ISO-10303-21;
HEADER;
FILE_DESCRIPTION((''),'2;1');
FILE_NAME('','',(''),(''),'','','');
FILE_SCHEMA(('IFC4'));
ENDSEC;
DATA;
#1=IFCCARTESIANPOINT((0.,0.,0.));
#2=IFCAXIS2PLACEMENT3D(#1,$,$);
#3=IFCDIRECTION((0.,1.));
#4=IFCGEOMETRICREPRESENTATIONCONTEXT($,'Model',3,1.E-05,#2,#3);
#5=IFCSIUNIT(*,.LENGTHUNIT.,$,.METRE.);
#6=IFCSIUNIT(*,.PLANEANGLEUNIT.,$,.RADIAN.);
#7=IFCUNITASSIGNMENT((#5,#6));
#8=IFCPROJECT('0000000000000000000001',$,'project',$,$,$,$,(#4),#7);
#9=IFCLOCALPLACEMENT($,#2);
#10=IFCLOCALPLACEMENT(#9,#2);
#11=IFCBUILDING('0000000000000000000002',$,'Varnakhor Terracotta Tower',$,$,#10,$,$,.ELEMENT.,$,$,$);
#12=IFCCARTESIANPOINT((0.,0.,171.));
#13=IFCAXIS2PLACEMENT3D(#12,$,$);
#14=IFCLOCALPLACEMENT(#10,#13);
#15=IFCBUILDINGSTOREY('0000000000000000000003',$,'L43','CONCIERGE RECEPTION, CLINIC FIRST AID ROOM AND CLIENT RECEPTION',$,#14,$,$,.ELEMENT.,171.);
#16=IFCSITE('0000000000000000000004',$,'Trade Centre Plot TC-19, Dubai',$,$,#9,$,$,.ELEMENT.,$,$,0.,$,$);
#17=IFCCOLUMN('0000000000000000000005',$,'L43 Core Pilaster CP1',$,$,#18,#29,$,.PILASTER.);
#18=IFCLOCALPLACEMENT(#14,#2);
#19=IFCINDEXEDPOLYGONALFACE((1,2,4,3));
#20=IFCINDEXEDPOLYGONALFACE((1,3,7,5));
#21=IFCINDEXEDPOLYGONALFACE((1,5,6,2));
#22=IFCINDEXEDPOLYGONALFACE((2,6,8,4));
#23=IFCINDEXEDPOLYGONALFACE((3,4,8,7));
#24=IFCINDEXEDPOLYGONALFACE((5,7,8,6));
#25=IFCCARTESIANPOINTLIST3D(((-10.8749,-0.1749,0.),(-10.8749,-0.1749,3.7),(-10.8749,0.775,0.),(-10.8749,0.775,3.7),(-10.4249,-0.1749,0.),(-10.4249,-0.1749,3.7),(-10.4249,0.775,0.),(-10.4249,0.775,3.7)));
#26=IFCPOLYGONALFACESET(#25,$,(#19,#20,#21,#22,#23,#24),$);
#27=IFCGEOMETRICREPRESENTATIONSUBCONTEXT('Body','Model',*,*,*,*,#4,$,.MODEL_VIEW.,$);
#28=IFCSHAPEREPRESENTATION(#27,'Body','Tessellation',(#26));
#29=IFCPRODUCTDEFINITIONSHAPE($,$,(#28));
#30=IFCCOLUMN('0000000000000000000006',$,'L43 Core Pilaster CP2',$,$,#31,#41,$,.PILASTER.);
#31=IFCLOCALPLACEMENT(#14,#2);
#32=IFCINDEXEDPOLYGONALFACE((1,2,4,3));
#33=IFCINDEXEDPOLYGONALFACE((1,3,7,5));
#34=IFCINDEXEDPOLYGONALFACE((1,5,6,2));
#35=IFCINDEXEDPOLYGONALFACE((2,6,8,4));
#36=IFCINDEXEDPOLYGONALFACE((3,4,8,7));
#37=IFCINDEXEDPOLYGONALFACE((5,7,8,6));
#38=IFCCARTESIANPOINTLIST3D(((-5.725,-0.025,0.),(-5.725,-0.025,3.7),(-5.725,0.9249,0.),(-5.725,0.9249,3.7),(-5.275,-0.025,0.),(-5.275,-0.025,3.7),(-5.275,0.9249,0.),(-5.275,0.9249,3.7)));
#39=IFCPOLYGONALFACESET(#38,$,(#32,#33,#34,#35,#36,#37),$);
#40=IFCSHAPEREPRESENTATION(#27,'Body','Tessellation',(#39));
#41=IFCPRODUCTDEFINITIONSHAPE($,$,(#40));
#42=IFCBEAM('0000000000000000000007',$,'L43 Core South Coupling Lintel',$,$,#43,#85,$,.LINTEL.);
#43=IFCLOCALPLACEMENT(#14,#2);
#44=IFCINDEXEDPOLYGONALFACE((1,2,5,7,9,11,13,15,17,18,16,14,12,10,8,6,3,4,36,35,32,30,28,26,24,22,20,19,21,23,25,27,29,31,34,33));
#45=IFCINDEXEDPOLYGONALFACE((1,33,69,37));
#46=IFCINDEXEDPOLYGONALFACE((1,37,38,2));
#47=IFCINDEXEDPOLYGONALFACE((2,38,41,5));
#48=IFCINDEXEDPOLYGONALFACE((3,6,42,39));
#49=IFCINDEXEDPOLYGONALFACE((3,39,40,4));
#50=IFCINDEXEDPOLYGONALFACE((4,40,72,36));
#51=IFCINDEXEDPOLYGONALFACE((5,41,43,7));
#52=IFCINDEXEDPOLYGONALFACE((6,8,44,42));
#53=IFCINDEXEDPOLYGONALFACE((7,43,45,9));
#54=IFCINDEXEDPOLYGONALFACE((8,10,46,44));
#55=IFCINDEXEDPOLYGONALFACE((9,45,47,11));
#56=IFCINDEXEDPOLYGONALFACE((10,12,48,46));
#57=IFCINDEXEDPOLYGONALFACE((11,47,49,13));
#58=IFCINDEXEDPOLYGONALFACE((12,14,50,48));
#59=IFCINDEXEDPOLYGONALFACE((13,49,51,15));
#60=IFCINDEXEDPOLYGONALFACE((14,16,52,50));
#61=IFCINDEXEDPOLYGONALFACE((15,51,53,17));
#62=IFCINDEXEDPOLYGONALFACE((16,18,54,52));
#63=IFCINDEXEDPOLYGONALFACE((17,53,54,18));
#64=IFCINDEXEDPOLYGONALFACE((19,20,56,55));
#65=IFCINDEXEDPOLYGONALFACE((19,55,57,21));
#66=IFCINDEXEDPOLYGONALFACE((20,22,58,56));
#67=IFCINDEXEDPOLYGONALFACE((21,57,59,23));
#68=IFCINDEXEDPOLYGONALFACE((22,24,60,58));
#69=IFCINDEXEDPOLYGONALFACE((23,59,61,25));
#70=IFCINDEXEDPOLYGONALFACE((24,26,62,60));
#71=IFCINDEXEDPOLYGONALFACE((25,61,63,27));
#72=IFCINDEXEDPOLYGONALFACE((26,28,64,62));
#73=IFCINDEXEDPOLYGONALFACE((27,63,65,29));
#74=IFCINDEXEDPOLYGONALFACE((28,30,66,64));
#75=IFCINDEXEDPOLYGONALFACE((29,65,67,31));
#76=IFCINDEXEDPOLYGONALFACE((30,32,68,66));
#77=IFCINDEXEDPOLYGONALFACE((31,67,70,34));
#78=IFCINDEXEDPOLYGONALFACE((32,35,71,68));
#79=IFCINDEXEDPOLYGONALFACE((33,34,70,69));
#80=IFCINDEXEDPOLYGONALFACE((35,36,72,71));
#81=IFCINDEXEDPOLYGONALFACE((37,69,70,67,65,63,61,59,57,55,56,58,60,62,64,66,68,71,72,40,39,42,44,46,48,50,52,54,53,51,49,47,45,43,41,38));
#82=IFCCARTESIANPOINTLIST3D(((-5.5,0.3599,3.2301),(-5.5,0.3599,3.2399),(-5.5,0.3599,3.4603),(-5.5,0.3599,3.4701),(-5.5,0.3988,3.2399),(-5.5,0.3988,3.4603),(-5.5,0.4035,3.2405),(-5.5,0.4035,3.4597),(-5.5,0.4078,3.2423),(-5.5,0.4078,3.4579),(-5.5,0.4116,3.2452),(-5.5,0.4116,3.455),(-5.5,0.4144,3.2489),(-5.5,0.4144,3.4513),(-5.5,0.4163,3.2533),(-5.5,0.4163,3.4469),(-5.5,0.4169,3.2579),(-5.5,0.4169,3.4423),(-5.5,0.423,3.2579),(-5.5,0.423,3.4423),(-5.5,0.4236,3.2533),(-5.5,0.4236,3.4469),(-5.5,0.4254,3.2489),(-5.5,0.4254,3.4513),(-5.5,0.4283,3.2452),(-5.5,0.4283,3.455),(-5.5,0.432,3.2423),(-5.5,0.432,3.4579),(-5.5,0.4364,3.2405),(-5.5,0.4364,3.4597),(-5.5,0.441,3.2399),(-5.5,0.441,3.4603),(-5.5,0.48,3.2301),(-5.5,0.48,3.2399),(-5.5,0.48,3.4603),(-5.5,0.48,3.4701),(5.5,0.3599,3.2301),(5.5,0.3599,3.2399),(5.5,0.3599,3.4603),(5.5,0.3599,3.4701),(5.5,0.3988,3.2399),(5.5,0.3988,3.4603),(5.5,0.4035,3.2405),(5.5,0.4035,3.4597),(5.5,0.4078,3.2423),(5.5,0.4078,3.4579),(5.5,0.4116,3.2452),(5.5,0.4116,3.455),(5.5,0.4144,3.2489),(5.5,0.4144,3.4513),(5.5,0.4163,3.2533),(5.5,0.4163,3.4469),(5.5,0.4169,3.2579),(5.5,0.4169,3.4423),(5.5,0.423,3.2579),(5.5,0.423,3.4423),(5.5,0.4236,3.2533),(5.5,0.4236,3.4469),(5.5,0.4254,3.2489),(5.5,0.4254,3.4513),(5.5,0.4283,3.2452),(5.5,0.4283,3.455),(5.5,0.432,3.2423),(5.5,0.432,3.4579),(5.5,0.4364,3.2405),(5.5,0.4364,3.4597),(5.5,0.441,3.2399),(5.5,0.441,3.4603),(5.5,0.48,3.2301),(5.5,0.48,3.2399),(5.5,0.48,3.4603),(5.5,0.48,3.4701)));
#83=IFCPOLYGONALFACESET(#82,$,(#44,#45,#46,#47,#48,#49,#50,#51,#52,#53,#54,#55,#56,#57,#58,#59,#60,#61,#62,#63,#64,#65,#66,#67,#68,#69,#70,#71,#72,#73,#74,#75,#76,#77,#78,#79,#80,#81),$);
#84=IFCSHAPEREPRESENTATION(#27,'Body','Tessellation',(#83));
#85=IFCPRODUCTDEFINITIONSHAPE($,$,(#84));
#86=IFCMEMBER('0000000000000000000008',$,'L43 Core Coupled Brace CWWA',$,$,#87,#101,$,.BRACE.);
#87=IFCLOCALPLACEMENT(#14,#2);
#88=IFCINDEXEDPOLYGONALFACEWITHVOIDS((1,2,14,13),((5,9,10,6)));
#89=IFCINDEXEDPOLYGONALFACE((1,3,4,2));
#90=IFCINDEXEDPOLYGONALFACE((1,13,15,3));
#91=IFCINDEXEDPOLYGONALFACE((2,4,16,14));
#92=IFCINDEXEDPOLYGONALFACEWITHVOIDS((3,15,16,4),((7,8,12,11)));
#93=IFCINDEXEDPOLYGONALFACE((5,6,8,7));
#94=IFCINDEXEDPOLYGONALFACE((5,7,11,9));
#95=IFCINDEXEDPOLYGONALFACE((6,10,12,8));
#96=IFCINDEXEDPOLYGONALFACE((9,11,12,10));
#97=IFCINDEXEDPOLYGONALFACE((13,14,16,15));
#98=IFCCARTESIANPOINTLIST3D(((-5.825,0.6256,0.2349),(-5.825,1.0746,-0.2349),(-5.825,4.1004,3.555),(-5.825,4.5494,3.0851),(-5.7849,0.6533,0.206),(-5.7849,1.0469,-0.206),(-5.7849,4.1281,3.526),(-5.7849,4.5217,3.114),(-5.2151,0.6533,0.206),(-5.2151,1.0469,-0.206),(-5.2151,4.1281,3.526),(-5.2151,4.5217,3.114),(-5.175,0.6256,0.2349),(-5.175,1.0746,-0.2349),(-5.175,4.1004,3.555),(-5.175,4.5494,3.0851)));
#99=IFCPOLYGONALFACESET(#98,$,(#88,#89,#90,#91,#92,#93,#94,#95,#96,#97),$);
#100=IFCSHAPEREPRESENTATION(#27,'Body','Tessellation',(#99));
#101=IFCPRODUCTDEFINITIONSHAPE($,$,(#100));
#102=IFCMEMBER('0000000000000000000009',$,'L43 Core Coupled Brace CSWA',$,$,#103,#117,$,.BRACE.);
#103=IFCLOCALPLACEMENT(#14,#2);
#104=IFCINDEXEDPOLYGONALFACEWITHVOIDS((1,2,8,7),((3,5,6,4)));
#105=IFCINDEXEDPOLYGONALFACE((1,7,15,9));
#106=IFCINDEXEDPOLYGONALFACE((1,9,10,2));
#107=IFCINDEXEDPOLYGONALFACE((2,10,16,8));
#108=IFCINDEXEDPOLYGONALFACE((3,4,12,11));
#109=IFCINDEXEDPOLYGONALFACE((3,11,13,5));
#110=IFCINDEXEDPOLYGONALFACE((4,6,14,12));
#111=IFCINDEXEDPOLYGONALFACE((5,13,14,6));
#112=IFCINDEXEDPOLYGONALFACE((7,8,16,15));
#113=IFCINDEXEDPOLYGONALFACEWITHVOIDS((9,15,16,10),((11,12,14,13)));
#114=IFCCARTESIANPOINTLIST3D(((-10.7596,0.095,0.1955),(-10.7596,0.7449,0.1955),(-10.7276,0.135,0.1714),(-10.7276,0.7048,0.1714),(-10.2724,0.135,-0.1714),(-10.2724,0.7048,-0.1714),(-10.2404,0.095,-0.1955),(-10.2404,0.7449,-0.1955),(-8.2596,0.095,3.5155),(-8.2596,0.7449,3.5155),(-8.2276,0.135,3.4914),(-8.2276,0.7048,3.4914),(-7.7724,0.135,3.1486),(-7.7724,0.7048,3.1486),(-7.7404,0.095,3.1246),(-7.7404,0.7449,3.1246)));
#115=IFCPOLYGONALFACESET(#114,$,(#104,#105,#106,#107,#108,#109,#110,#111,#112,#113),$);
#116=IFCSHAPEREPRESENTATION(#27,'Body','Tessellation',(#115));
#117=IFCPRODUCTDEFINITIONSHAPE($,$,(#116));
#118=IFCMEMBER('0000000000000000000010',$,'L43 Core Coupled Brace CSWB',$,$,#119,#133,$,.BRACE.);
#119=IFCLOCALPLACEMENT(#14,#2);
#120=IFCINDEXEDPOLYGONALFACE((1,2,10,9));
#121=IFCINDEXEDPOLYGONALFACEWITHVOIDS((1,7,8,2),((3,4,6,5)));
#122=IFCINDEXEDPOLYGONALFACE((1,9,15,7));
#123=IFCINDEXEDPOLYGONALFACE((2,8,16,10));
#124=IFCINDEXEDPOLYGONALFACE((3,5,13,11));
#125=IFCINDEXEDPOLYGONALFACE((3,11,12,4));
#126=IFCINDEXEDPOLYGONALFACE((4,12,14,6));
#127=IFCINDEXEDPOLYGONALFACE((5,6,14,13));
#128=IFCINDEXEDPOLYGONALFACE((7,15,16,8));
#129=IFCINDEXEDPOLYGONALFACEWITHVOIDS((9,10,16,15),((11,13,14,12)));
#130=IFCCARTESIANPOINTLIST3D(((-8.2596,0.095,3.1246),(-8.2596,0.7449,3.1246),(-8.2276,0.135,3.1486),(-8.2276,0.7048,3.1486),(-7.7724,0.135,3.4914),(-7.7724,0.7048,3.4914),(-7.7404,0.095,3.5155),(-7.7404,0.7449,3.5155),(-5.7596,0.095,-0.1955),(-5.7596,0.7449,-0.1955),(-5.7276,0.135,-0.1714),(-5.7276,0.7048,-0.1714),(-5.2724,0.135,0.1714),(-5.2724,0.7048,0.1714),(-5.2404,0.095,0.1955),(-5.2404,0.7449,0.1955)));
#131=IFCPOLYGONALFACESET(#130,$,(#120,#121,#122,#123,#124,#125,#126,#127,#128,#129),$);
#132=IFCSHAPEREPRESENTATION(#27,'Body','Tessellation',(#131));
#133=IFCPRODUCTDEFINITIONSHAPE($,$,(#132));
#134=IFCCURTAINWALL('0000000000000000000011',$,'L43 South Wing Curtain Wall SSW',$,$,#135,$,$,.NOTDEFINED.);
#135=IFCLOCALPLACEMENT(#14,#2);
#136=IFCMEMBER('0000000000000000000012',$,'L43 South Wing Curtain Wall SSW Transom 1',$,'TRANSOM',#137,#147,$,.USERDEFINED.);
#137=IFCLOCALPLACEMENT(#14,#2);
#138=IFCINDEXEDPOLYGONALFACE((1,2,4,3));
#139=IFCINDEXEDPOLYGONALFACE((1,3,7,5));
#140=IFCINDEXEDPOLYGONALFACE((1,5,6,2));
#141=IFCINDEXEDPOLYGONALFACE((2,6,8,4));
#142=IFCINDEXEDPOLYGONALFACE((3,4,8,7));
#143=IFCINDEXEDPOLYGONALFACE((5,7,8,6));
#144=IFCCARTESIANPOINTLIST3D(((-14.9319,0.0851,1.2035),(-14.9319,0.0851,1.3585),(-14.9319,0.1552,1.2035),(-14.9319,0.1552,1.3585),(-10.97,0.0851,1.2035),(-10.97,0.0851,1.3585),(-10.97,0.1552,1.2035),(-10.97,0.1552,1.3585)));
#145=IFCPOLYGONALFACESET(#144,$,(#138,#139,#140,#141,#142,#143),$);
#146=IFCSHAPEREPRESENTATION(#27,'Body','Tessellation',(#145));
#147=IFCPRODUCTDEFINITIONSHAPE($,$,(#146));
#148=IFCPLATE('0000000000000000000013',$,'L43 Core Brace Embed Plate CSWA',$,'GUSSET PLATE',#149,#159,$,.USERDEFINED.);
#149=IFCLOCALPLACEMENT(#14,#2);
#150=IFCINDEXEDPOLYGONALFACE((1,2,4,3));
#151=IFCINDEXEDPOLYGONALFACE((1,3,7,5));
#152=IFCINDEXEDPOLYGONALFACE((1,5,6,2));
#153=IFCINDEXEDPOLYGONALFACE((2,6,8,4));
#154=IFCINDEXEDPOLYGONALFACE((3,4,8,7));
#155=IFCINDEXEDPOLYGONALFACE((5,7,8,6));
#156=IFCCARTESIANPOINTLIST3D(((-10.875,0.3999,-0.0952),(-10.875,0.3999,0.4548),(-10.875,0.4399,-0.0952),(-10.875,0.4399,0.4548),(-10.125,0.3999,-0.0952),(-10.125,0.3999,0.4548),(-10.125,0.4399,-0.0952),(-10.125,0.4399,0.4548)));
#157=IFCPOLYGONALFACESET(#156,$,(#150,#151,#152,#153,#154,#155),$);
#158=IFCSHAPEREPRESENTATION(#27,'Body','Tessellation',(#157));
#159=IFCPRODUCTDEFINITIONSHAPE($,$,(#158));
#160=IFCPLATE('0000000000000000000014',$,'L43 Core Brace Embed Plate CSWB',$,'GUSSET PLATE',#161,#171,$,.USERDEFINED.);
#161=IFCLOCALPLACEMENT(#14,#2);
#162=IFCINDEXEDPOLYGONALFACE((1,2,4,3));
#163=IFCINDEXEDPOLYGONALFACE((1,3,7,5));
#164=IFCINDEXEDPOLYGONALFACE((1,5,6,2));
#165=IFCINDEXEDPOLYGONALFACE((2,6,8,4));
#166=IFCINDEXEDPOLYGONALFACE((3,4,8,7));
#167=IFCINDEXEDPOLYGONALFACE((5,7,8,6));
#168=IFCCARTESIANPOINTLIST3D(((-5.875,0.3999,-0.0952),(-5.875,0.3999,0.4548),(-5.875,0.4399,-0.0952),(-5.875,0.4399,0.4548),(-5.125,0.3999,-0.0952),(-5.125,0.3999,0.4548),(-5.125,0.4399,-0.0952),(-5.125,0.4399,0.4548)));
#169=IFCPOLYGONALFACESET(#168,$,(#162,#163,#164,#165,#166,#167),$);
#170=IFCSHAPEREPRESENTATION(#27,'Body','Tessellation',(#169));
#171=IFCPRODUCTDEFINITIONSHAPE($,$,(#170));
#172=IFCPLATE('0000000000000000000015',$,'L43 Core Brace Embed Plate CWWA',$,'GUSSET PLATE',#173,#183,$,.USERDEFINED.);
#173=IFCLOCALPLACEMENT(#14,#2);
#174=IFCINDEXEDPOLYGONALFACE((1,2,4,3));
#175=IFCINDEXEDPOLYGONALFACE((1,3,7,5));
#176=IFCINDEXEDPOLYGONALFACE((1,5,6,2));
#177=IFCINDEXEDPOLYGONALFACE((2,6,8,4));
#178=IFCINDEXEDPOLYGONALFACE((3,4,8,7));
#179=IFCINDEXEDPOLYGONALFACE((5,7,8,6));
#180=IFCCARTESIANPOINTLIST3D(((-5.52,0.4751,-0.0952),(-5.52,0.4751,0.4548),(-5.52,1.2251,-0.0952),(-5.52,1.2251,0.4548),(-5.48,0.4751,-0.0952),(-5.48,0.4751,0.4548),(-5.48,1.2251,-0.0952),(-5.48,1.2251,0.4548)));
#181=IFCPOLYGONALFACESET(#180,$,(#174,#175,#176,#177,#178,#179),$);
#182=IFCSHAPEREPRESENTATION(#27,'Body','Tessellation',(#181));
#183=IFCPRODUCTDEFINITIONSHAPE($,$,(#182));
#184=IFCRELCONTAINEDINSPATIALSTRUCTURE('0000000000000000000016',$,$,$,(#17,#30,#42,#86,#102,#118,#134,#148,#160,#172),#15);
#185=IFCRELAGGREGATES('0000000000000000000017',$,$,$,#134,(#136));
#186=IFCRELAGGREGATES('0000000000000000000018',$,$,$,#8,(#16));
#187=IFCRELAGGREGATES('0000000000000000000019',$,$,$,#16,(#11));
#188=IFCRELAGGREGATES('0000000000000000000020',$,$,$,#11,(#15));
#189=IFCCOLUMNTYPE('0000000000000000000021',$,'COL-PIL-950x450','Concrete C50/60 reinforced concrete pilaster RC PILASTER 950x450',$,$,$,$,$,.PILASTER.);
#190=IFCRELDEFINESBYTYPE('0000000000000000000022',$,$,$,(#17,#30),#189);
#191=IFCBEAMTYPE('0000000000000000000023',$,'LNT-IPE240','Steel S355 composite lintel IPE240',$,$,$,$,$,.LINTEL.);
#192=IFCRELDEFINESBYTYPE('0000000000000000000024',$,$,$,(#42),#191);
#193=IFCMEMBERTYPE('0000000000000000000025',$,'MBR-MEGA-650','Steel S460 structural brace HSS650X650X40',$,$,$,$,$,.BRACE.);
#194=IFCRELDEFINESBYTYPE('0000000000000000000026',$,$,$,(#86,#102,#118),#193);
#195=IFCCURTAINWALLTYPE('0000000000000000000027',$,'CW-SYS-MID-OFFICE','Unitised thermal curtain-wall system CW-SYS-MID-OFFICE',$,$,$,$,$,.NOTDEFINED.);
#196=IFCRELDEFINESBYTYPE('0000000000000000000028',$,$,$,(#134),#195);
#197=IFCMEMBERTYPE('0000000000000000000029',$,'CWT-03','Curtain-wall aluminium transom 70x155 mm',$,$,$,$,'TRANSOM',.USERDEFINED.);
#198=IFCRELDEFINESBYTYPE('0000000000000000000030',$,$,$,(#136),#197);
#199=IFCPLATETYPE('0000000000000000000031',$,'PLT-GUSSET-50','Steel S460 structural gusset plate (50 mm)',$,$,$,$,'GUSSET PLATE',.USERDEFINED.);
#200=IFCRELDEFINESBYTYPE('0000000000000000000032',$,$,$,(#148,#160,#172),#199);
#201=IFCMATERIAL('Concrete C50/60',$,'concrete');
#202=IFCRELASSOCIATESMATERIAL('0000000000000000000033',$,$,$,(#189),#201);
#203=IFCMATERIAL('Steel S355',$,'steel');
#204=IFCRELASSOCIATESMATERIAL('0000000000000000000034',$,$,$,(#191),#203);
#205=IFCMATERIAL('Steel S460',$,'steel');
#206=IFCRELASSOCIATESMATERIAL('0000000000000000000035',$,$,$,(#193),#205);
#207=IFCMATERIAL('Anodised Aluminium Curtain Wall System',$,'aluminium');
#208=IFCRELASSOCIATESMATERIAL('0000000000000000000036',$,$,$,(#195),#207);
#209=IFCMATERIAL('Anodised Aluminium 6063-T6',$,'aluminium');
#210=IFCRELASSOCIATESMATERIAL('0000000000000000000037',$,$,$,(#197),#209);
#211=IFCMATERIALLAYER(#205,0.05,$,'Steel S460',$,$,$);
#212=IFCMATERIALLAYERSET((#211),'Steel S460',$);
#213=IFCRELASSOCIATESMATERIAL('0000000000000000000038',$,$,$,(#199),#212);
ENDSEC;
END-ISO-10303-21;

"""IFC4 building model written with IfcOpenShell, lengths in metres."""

from ifc_helpers import new_model, si_unit, direction, frame, origin, origin_2d, place, context, subcontext, project, spatial, rectangle, hollow_rectangle, i_section, extrude, source, transform, mapped, material, layer, layer_set, material_profile, profile_set, type_object, type_shapes, element, aggregate, save


model = new_model("IFC4")

# Units and contexts
model_context = context("Model", 3, precision=1e-05, world=origin(), true_north=direction((0.0, 1.0)))
body_context = subcontext(model_context, "Body", "Model", "MODEL_VIEW")
ifc_project = project(units=[si_unit("LENGTHUNIT", "METRE"), si_unit("PLANEANGLEUNIT", "RADIAN")], contexts=[model_context])

# Site, building, storey
site_placement = place(None, origin())
site = spatial("IfcSite", under=ifc_project, at=site_placement, Name="Trade Centre Plot TC-19, Dubai", CompositionType="ELEMENT", RefElevation=0.0)
building_placement = place(site_placement, origin())
building = spatial("IfcBuilding", under=site, at=building_placement, Name="Varnakhor Terracotta Tower", CompositionType="ELEMENT")
storey_placement = place(building_placement, frame((0.0, 0.0, 171.0)))
storey = spatial("IfcBuildingStorey", under=building, at=storey_placement, Name="L43", Description="CONCIERGE RECEPTION, CLINIC FIRST AID ROOM AND CLIENT RECEPTION", CompositionType="ELEMENT", Elevation=171.0)

# Columns
ifc_material_1 = material(Name="Concrete C50/60", Category="concrete")
ifc_material_profile_1 = material_profile(ifc_material_1, rectangle(XDim=0.45, YDim=0.95, at=origin_2d()), Name="RC PILASTER 950x450")
ifc_profile_set_1 = profile_set([ifc_material_profile_1], Name="Concrete C50/60")
column_type = type_object("IfcColumnType", Name="COL-PIL-950x450", Description="Concrete C50/60 reinforced concrete pilaster RC PILASTER 950x450", PredefinedType="PILASTER", material=ifc_profile_set_1)
shared_shape_1 = source(origin(), body_context, "Body", "SweptSolid", [
    extrude(rectangle(XDim=0.45, YDim=0.95, at=origin_2d()), origin(), (0.0, 0.0, 1.0), 3.7),
])
for number, where, z_axis, x_axis, name in (
    (1, (-10.6499, 0.3, 0.0), (0.0, 0.0, 1.0), (1.0, 0.0, 0.0), "L43 Core Pilaster CP1"),
    (2, (-5.5, 0.45, 0.0), (0.0, 0.0, 1.0), (1.0, 0.0, 0.0), "L43 Core Pilaster CP2"),
):
    element("IfcColumn", number, at=place(storey_placement, frame(where, z_axis=z_axis, x_axis=x_axis)), inside=storey, type_object=column_type, Name=name, PredefinedType="PILASTER", context=body_context, shape_type="MappedRepresentation", body=[
        mapped(shared_shape_1, transform((0.0, 0.0, 0.0), scale=1.0)),
    ])

# Beam
ifc_material_2 = material(Name="Steel S355", Category="steel")
ifc_material_profile_2 = material_profile(ifc_material_2, i_section(OverallWidth=0.1201, OverallDepth=0.24, WebThickness=0.0061, FlangeThickness=0.0098, FilletRadius=0.0181, at=origin_2d()), Name="IPE240")
ifc_profile_set_2 = profile_set([ifc_material_profile_2], Name="Steel S355")
beam_type = type_object("IfcBeamType", Name="LNT-IPE240", Description="Steel S355 composite lintel IPE240", PredefinedType="LINTEL", material=ifc_profile_set_2)
shared_shape_2 = source(origin(), body_context, "Body", "SweptSolid", [
    extrude(i_section(OverallWidth=0.1201, OverallDepth=0.24, WebThickness=0.0061, FlangeThickness=0.0098, FilletRadius=0.0181, at=origin_2d()), origin(), (0.0, 0.0, 1.0), 11.0),
])
type_shapes(beam_type, [shared_shape_2])
beam_placement = place(storey_placement, frame((-5.5, 0.4199, 3.3501), z_axis=(1.0, 0.0, 0.0), x_axis=(0.0, 1.0, 0.0)))
element("IfcBeam", 3, at=beam_placement, inside=storey, type_object=beam_type, Name="L43 Core South Coupling Lintel", PredefinedType="LINTEL", context=body_context, shape_type="MappedRepresentation", body=[
    mapped(shared_shape_2, transform((0.0, 0.0, 0.0), scale=1.0)),
])

# Members
ifc_material_3 = material(Name="Steel S460", Category="steel")
ifc_material_profile_3 = material_profile(ifc_material_3, hollow_rectangle(XDim=0.6499, YDim=0.6499, WallThickness=0.04, at=origin_2d()), Name="HSS650X650X40")
ifc_profile_set_3 = profile_set([ifc_material_profile_3], Name="Steel S460")
member_type_1 = type_object("IfcMemberType", Name="MBR-MEGA-650", Description="Steel S460 structural brace HSS650X650X40", PredefinedType="BRACE", material=ifc_profile_set_3)
shared_shape_3 = source(origin(), body_context, "Body", "SweptSolid", [
    extrude(hollow_rectangle(XDim=0.6499, YDim=0.6499, WallThickness=0.04, at=origin_2d()), origin(), (0.0, 0.0, 1.0), 4.8059),
])
member_1_placement = place(storey_placement, frame((-5.5, 0.8501, 0.0), z_axis=(0.0, 0.723027, 0.69082), x_axis=(-1.0, 0.0, 0.0)))
element("IfcMember", 4, at=member_1_placement, inside=storey, type_object=member_type_1, Name="L43 Core Coupled Brace CWWA", PredefinedType="BRACE", context=body_context, shape_type="MappedRepresentation", body=[
    mapped(shared_shape_3, transform((0.0, 0.0, 0.0), scale=1.0)),
])
shared_shape_4 = source(origin(), body_context, "Body", "SweptSolid", [
    extrude(hollow_rectangle(XDim=0.6499, YDim=0.6499, WallThickness=0.04, at=origin_2d()), origin(), (0.0, 0.0, 1.0), 4.156),
])
for number, where, z_axis, x_axis, name in (
    (5, (-10.5, 0.4199, 0.0), (0.601531, 0.0, 0.79885), (0.0, 1.0, 0.0), "L43 Core Coupled Brace CSWA"),
    (6, (-5.5, 0.4199, 0.0), (-0.601531, 0.0, 0.79885), (0.0, -1.0, 0.0), "L43 Core Coupled Brace CSWB"),
):
    element("IfcMember", number, at=place(storey_placement, frame(where, z_axis=z_axis, x_axis=x_axis)), inside=storey, type_object=member_type_1, Name=name, PredefinedType="BRACE", context=body_context, shape_type="MappedRepresentation", body=[
        mapped(shared_shape_4, transform((0.0, 0.0, 0.0), scale=1.0)),
    ])

# Curtain wall, member
ifc_material_4 = material(Name="Anodised Aluminium Curtain Wall System", Category="aluminium")
curtain_wall_type = type_object("IfcCurtainWallType", Name="CW-SYS-MID-OFFICE", Description="Unitised thermal curtain-wall system CW-SYS-MID-OFFICE", PredefinedType="NOTDEFINED", material=ifc_material_4)
curtain_wall_placement = place(storey_placement, origin())
curtain_wall = element("IfcCurtainWall", 7, at=curtain_wall_placement, inside=storey, type_object=curtain_wall_type, Name="L43 South Wing Curtain Wall SSW", PredefinedType="NOTDEFINED")
ifc_material_5 = material(Name="Anodised Aluminium 6063-T6", Category="aluminium")
ifc_material_profile_4 = material_profile(ifc_material_5, rectangle(XDim=0.0701, YDim=0.155, at=origin_2d()), Name="ALU TRANSOM 70x155")
ifc_profile_set_4 = profile_set([ifc_material_profile_4], Name="Anodised Aluminium 6063-T6")
member_type_2 = type_object("IfcMemberType", Name="CWT-03", Description="Curtain-wall aluminium transom 70x155 mm", ElementType="TRANSOM", PredefinedType="USERDEFINED", material=ifc_profile_set_4)
shared_shape_5 = source(origin(), body_context, "Body", "SweptSolid", [
    extrude(rectangle(XDim=0.0701, YDim=0.155, at=origin_2d()), origin(), (0.0, 0.0, 1.0), 3.9619),
])
member_2_placement = place(storey_placement, frame((-10.97, 0.1201, 1.281), z_axis=(-1.0, 0.0, 0.0), x_axis=(0.0, -1.0, 0.0)))
member_2 = element("IfcMember", 8, at=member_2_placement, type_object=member_type_2, Name="L43 South Wing Curtain Wall SSW Transom 1", ObjectType="TRANSOM", PredefinedType="USERDEFINED", context=body_context, shape_type="MappedRepresentation", body=[
    mapped(shared_shape_5, transform((0.0, 0.0, 0.0), scale=1.0)),
])
aggregate(curtain_wall, [member_2])

# Plates
ifc_layer_1 = layer(ifc_material_3, 0.05, Name="Steel S460")
ifc_layer_set_1 = layer_set([ifc_layer_1], Name="Steel S460")
plate_type = type_object("IfcPlateType", Name="PLT-GUSSET-50", Description="Steel S460 structural gusset plate (50 mm)", ElementType="GUSSET PLATE", PredefinedType="USERDEFINED", material=ifc_layer_set_1)
shared_shape_6 = source(origin(), body_context, "Body", "SweptSolid", [
    extrude(rectangle(XDim=0.75, YDim=0.04, at=origin_2d()), origin(), (0.0, 0.0, 1.0), 0.55),
])
type_shapes(plate_type, [shared_shape_6])
for number, where, z_axis, x_axis, name in (
    (9, (-10.5, 0.4199, -0.0952), (0.0, 0.0, 1.0), (1.0, 0.0, 0.0), "L43 Core Brace Embed Plate CSWA"),
    (10, (-5.5, 0.4199, -0.0952), (0.0, 0.0, 1.0), (1.0, 0.0, 0.0), "L43 Core Brace Embed Plate CSWB"),
    (11, (-5.5, 0.8501, -0.0952), (0.0, 0.0, 1.0), (0.0, 1.0, 0.0), "L43 Core Brace Embed Plate CWWA"),
):
    element("IfcPlate", number, at=place(storey_placement, frame(where, z_axis=z_axis, x_axis=x_axis)), inside=storey, type_object=plate_type, Name=name, ObjectType="GUSSET PLATE", PredefinedType="USERDEFINED", context=body_context, shape_type="MappedRepresentation", body=[
        mapped(shared_shape_6, transform((0.0, 0.0, 0.0), scale=1.0)),
    ])

save(model, "model.ifc")
